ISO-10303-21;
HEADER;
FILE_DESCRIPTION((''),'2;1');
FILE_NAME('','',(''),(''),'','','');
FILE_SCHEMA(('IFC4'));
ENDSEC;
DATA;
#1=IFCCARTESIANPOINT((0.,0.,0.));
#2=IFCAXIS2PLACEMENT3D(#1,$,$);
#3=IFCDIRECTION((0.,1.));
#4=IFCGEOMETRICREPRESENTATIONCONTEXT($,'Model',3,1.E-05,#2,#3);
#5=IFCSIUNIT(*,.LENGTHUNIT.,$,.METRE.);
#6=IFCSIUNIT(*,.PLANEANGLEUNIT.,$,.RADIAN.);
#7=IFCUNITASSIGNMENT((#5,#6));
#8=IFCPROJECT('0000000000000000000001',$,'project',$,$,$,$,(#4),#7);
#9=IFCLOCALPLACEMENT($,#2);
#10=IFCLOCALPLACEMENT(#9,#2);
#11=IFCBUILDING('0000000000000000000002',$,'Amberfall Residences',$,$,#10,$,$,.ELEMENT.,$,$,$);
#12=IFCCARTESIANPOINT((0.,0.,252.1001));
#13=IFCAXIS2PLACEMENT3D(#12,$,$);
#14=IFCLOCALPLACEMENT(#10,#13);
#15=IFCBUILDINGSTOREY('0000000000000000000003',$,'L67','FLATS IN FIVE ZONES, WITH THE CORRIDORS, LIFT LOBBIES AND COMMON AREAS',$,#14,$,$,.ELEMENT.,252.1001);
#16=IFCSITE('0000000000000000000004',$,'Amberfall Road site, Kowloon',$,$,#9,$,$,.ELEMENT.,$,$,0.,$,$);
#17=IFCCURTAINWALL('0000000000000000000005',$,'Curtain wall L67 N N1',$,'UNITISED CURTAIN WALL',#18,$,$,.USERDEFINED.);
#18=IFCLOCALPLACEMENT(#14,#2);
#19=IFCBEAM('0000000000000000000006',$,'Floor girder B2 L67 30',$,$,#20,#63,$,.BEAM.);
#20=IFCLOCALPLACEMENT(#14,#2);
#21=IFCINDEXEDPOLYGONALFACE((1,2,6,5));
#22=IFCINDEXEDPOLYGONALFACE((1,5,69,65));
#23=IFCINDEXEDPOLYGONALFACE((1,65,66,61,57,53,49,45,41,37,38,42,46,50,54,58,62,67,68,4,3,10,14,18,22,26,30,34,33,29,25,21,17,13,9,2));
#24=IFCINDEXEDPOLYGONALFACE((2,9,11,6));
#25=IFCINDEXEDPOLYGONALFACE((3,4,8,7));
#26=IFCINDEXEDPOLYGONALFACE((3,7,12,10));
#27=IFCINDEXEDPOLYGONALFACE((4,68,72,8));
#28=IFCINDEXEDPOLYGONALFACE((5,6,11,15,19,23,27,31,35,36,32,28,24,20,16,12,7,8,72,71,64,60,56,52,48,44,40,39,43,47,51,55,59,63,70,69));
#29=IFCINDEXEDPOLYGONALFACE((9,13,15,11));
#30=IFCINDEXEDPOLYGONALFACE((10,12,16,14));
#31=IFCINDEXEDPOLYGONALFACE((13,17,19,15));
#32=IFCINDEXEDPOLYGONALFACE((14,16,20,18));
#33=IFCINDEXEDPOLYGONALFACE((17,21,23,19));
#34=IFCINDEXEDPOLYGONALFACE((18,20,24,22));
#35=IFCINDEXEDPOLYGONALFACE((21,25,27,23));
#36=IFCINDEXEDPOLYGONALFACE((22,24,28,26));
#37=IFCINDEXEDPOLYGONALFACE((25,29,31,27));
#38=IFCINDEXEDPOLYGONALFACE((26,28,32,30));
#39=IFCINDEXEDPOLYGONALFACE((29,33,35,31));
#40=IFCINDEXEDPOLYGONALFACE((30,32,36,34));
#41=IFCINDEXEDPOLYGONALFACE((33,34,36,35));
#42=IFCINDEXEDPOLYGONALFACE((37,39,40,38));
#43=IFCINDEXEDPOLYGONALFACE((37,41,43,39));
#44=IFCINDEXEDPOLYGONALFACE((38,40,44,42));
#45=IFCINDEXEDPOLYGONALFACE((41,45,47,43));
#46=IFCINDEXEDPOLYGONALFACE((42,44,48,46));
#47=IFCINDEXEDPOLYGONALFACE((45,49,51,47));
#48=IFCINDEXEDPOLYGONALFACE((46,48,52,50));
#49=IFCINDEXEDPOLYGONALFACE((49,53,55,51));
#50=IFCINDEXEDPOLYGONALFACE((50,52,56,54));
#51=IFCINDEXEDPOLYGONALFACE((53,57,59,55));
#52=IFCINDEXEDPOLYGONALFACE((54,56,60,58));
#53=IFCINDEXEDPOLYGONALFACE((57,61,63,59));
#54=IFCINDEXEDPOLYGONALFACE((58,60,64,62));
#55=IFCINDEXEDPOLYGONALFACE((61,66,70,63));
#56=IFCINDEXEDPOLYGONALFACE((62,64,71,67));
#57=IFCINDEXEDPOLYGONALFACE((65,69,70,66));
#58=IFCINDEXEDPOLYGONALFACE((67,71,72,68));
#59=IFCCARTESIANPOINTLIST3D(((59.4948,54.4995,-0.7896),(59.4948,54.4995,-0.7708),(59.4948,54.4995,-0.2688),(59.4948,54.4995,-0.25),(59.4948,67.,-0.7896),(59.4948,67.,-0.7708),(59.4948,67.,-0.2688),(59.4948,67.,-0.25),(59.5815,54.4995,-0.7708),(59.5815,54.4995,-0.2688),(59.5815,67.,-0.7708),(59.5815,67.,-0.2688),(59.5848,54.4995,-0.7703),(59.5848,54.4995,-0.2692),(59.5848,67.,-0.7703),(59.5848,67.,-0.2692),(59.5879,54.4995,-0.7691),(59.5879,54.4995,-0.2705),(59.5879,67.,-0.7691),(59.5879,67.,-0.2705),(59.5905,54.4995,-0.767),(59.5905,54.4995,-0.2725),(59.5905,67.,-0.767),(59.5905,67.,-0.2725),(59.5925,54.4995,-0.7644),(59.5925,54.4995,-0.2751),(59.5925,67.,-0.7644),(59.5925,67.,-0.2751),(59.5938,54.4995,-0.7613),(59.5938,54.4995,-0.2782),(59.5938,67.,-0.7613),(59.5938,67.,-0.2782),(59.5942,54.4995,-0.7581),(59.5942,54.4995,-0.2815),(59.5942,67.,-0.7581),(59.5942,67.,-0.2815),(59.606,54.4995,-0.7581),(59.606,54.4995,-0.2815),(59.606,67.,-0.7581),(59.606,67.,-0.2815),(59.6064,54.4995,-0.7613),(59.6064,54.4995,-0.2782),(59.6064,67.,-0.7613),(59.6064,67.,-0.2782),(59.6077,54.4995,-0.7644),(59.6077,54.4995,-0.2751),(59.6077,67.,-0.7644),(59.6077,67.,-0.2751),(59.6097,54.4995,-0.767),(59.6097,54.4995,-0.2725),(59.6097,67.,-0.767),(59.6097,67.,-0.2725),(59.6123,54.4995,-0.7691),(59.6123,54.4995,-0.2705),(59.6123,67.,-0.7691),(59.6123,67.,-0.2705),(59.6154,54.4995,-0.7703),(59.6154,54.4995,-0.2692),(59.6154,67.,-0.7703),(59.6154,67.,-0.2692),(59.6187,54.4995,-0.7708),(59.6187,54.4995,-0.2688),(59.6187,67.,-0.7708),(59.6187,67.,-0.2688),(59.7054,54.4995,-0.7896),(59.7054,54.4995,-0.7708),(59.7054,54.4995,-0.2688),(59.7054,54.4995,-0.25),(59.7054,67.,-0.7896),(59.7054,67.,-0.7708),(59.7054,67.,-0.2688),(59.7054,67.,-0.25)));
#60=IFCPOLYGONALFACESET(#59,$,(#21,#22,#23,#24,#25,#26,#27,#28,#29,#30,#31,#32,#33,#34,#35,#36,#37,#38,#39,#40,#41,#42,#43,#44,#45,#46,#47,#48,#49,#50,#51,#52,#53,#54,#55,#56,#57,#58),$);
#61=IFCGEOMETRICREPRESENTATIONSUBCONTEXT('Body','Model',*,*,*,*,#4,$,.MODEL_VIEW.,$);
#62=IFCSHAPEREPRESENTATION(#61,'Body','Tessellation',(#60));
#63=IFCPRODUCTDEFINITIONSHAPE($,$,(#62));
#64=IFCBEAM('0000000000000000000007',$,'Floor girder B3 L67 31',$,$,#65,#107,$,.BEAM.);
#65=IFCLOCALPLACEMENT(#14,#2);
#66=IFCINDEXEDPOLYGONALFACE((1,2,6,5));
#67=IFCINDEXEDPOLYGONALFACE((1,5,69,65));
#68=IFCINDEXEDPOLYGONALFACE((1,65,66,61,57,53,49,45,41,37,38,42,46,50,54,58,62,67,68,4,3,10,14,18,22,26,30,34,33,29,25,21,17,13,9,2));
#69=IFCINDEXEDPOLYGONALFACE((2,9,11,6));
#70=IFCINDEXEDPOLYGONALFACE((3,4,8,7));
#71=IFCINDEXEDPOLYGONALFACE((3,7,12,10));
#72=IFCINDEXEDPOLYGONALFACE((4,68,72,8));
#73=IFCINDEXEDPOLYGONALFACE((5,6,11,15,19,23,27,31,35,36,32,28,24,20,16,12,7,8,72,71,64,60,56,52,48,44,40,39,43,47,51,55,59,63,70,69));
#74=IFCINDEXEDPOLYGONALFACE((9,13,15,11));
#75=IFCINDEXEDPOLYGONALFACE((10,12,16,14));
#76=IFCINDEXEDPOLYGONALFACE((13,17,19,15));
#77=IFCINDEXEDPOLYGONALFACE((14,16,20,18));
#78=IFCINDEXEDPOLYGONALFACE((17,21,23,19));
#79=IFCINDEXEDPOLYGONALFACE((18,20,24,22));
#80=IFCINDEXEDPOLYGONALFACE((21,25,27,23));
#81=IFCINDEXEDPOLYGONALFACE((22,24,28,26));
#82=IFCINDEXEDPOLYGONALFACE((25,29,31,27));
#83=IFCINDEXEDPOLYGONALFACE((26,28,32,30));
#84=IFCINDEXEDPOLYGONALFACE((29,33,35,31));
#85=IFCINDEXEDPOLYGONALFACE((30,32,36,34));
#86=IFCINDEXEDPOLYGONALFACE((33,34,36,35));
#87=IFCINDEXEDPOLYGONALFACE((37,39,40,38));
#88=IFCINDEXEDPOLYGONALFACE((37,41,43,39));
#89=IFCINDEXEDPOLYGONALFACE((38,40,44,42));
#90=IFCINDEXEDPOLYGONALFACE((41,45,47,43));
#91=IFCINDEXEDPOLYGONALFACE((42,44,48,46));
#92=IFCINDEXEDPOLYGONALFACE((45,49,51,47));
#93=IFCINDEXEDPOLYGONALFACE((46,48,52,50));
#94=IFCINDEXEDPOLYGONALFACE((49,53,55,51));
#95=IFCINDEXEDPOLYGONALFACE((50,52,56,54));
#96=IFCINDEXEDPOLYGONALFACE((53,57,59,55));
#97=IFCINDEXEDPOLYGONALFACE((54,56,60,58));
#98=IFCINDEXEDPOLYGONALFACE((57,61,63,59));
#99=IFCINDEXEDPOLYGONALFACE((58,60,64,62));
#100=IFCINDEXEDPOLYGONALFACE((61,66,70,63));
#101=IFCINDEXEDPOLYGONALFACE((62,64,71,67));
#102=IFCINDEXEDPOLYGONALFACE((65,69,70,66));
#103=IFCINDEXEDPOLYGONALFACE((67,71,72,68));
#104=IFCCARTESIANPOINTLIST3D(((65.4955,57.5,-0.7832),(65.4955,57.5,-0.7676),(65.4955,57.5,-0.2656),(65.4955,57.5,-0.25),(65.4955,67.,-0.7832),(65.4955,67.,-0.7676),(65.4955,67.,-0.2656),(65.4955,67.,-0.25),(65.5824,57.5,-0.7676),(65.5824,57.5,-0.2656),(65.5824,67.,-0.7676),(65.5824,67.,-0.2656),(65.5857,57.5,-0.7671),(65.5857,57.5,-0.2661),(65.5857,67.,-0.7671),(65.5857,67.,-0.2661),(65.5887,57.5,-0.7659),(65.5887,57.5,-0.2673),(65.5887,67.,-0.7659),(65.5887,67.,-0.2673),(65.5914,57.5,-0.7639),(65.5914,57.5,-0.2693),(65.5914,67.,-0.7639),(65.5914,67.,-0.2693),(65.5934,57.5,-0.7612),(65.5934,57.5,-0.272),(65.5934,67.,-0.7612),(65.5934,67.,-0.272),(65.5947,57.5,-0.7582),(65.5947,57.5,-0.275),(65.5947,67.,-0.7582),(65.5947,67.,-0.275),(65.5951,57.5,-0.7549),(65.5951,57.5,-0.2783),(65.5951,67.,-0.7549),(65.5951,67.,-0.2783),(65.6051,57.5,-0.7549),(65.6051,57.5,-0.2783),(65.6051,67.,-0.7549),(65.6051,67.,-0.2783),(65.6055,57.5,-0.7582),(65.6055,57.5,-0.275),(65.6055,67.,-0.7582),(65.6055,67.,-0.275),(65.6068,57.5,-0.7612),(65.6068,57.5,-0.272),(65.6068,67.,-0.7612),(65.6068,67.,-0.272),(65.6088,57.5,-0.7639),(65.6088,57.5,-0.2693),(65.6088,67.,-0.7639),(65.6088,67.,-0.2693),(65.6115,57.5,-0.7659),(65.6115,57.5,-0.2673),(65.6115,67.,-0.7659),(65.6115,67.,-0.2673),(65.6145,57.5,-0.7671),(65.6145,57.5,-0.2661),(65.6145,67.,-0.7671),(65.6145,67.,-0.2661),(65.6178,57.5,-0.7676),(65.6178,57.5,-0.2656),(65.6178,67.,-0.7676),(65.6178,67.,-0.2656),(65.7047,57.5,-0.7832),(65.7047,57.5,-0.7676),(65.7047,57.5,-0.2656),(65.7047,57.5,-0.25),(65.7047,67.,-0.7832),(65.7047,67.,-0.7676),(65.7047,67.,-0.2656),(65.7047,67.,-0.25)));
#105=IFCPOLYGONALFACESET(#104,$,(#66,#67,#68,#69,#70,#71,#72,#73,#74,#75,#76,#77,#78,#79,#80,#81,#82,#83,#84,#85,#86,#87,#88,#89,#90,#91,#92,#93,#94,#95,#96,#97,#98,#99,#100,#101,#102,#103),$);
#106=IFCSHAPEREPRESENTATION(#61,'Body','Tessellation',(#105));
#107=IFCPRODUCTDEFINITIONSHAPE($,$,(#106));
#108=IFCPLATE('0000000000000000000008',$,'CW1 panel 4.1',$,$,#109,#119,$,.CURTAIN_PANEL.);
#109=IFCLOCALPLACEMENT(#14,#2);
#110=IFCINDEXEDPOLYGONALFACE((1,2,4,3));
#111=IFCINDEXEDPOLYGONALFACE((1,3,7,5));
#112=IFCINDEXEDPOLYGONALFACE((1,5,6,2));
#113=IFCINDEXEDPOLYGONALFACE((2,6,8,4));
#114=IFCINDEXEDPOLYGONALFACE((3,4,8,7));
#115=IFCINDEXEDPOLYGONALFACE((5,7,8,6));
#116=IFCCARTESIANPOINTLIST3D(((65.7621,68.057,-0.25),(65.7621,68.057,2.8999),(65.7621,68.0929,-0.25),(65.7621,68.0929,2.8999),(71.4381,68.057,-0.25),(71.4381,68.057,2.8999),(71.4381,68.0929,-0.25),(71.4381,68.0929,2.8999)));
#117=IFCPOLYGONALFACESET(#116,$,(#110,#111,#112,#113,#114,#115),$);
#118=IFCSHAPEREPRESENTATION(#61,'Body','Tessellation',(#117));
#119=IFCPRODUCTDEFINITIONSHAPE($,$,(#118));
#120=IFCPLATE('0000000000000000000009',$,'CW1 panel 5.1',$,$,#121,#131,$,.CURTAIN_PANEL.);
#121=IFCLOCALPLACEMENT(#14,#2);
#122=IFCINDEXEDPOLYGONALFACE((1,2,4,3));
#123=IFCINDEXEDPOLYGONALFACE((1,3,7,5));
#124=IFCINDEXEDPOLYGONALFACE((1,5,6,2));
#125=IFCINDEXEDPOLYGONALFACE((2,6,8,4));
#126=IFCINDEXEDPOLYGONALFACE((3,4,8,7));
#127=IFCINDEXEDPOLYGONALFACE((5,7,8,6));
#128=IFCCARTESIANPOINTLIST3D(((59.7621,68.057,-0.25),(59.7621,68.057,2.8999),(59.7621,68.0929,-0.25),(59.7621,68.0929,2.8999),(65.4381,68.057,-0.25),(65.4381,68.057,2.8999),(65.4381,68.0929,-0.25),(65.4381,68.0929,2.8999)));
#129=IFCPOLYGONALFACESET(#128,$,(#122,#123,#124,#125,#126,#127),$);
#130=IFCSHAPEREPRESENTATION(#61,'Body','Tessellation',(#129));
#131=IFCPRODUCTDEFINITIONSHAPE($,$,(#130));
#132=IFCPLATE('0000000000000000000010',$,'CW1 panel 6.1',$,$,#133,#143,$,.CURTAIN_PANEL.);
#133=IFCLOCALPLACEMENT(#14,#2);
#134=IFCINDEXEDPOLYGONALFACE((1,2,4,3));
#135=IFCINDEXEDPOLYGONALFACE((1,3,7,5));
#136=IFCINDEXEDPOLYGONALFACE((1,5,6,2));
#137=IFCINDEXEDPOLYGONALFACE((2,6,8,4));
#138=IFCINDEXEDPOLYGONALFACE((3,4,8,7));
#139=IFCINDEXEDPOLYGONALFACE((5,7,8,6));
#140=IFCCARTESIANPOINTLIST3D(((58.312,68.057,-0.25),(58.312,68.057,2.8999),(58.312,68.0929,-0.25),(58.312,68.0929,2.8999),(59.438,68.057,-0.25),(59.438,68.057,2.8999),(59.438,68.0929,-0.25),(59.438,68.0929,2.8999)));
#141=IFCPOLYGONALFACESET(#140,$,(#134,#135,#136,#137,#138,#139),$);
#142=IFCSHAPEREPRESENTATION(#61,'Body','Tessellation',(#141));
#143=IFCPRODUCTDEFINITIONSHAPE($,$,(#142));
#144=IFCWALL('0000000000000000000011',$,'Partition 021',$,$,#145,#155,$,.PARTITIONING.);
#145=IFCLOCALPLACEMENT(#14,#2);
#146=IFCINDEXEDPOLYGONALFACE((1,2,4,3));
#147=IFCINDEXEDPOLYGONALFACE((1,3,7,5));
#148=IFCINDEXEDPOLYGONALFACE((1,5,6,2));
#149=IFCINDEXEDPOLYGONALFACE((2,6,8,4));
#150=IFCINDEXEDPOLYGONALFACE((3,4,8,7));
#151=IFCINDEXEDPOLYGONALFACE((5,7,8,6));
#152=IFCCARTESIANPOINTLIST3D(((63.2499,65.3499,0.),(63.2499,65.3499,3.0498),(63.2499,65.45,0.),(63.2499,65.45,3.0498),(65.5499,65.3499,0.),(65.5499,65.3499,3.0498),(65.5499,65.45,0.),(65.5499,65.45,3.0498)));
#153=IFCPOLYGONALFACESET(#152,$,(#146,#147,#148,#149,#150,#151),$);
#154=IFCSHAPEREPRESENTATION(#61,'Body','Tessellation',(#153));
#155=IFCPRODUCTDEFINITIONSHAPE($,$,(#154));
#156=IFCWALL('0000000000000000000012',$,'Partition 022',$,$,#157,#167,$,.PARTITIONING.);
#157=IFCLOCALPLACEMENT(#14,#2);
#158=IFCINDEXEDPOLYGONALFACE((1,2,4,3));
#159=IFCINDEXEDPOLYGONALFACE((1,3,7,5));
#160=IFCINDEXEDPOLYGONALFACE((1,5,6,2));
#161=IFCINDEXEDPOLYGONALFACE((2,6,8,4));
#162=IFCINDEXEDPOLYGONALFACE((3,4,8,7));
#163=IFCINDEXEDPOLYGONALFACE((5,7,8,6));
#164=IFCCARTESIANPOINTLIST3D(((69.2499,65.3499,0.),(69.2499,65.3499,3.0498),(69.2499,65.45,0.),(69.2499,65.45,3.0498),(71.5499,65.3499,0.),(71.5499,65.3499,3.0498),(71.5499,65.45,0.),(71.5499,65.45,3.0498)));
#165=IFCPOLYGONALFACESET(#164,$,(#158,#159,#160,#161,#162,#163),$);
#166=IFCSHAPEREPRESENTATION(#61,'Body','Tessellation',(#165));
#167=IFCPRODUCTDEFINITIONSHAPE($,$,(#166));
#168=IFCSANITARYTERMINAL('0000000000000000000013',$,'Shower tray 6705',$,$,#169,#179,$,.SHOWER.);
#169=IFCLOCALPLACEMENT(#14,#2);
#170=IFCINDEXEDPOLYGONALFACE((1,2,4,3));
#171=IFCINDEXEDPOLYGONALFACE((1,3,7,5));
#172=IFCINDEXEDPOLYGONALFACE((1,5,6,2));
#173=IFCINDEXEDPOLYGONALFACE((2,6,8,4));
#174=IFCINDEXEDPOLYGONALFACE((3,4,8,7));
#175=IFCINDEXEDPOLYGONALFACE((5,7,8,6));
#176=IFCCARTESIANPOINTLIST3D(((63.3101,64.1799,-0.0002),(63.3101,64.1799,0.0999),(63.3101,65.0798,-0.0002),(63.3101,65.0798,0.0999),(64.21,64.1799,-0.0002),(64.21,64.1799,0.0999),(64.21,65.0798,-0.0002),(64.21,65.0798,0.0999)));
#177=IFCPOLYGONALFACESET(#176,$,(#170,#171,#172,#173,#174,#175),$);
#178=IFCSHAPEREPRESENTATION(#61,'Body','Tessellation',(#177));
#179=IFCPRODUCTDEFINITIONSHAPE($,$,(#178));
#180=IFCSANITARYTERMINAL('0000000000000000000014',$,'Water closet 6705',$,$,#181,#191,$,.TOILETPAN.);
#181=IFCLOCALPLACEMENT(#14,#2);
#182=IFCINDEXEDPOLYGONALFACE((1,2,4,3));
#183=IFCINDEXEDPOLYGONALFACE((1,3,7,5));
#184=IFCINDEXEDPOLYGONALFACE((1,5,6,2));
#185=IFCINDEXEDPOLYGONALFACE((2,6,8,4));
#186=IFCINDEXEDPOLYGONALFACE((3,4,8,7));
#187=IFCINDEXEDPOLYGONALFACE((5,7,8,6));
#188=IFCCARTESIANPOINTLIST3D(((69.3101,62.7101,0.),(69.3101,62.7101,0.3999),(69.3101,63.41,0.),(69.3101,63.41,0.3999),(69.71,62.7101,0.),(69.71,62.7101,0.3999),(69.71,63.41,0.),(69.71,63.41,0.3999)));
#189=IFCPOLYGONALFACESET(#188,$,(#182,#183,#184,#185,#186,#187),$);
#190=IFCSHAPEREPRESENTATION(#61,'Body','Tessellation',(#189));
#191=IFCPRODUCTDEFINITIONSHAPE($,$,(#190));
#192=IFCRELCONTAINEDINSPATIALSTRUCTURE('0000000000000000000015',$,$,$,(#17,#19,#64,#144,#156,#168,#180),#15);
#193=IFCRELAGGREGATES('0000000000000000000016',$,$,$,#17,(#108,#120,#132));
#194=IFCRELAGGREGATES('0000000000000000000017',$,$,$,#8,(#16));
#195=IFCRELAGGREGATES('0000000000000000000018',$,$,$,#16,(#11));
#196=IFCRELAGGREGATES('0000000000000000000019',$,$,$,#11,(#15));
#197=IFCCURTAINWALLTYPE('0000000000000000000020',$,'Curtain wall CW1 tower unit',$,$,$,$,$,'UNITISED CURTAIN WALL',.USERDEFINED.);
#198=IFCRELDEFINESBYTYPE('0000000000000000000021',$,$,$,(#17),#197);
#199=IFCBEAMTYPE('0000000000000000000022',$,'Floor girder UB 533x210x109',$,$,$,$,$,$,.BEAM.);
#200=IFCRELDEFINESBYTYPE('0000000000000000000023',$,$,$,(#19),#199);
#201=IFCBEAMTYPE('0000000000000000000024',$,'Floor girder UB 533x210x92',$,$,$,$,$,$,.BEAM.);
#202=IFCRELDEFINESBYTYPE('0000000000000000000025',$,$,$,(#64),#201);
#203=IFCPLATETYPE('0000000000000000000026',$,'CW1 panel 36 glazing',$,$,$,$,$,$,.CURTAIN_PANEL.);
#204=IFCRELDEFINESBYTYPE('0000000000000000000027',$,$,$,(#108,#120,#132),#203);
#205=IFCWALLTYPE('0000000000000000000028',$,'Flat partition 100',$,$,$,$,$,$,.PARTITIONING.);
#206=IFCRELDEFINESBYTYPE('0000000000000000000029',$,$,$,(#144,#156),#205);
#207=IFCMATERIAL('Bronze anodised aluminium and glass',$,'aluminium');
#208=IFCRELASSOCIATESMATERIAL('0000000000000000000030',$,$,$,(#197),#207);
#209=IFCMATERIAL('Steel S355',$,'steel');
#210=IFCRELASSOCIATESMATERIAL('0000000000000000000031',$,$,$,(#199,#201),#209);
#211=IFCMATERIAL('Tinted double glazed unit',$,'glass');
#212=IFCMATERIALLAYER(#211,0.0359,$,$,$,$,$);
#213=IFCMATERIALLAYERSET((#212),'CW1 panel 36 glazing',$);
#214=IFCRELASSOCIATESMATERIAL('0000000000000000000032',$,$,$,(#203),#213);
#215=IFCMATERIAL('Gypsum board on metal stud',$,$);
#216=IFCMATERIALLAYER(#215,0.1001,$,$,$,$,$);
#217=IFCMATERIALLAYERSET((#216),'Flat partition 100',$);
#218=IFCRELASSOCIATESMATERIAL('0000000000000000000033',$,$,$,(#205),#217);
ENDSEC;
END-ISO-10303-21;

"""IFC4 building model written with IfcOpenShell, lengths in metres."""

from ifc_helpers import new_model, si_unit, direction, frame, frame_2d, origin, origin_2d, place, context, subcontext, project, spatial, rectangle, i_section, extrude, material, layer, layer_set, material_profile, profile_set, type_object, element, aggregate, save


model = new_model("IFC4")

# Units and contexts
model_context = context("Model", 3, precision=1e-05, world=origin(), true_north=direction((0.0, 1.0)))
body_context = subcontext(model_context, "Body", "Model", "MODEL_VIEW")
ifc_project = project(units=[si_unit("LENGTHUNIT", "METRE"), si_unit("PLANEANGLEUNIT", "RADIAN")], contexts=[model_context])

# Site, building, storey
site_placement = place(None, origin())
site = spatial("IfcSite", under=ifc_project, at=site_placement, Name="Amberfall Road site, Kowloon", CompositionType="ELEMENT", RefElevation=0.0)
building_placement = place(site_placement, origin())
building = spatial("IfcBuilding", under=site, at=building_placement, Name="Amberfall Residences", CompositionType="ELEMENT")
storey_placement = place(building_placement, frame((0.0, 0.0, 252.1001)))
storey = spatial("IfcBuildingStorey", under=building, at=storey_placement, Name="L67", Description="FLATS IN FIVE ZONES, WITH THE CORRIDORS, LIFT LOBBIES AND COMMON AREAS", CompositionType="ELEMENT", Elevation=252.1001)

# Curtain wall
ifc_material_1 = material(Name="Bronze anodised aluminium and glass", Category="aluminium")
curtain_wall_type = type_object("IfcCurtainWallType", Name="Curtain wall CW1 tower unit", ElementType="UNITISED CURTAIN WALL", PredefinedType="USERDEFINED", material=ifc_material_1)
curtain_wall_placement = place(storey_placement, origin())
curtain_wall = element("IfcCurtainWall", 1, at=curtain_wall_placement, inside=storey, type_object=curtain_wall_type, Name="Curtain wall L67 N N1", ObjectType="UNITISED CURTAIN WALL", PredefinedType="USERDEFINED")

# Shared definitions
ifc_material_2 = material(Name="Steel S355", Category="steel")

# Beams
ifc_material_profile_1 = material_profile(ifc_material_2, i_section(OverallWidth=0.2107, OverallDepth=0.5396, WebThickness=0.0117, FlangeThickness=0.0188, FilletRadius=0.0127, at=origin_2d()), Name="UB 533x210x109")
ifc_profile_set_1 = profile_set([ifc_material_profile_1], Name="Steel S355")
beam_type_1 = type_object("IfcBeamType", Name="Floor girder UB 533x210x109", PredefinedType="BEAM", material=ifc_profile_set_1)
beam_1_placement = place(storey_placement, frame((59.6001, 67.0, -0.5198), z_axis=(0.0, -1.0, 0.0), x_axis=(1.0, 0.0, 0.0)))
element("IfcBeam", 2, at=beam_1_placement, inside=storey, type_object=beam_type_1, Name="Floor girder B2 L67 30", PredefinedType="BEAM", context=body_context, shape_type="SweptSolid", body=[
    extrude(i_section(OverallWidth=0.2107, OverallDepth=0.5396, WebThickness=0.0117, FlangeThickness=0.0188, FilletRadius=0.0127, at=origin_2d()), origin(), (0.0, 0.0, 1.0), 12.5005),
])
ifc_material_profile_2 = material_profile(ifc_material_2, i_section(OverallWidth=0.2092, OverallDepth=0.5332, WebThickness=0.01, FlangeThickness=0.0156, FilletRadius=0.0127, at=origin_2d()), Name="UB 533x210x92")
ifc_profile_set_2 = profile_set([ifc_material_profile_2], Name="Steel S355")
beam_type_2 = type_object("IfcBeamType", Name="Floor girder UB 533x210x92", PredefinedType="BEAM", material=ifc_profile_set_2)
beam_2_placement = place(storey_placement, frame((65.6001, 67.0, -0.5166), z_axis=(0.0, -1.0, 0.0), x_axis=(1.0, 0.0, 0.0)))
element("IfcBeam", 3, at=beam_2_placement, inside=storey, type_object=beam_type_2, Name="Floor girder B3 L67 31", PredefinedType="BEAM", context=body_context, shape_type="SweptSolid", body=[
    extrude(i_section(OverallWidth=0.2092, OverallDepth=0.5332, WebThickness=0.01, FlangeThickness=0.0156, FilletRadius=0.0127, at=origin_2d()), origin(), (0.0, 0.0, 1.0), 9.5),
])

# Plates
ifc_material_3 = material(Name="Tinted double glazed unit", Category="glass")
ifc_layer_1 = layer(ifc_material_3, 0.0359)
ifc_layer_set_1 = layer_set([ifc_layer_1], Name="CW1 panel 36 glazing")
plate_type = type_object("IfcPlateType", Name="CW1 panel 36 glazing", PredefinedType="CURTAIN_PANEL", material=ifc_layer_set_1)
plate_1_placement = place(storey_placement, frame((68.6001, 68.075, -0.25), z_axis=(0.0, 0.0, 1.0), x_axis=(-1.0, 0.0, 0.0)))
plate_1 = element("IfcPlate", 4, at=plate_1_placement, type_object=plate_type, Name="CW1 panel 4.1", PredefinedType="CURTAIN_PANEL", context=body_context, shape_type="SweptSolid", body=[
    extrude(rectangle(XDim=5.676, YDim=0.0359, at=origin_2d()), origin(), (0.0, 0.0, 1.0), 3.1499),
])
plate_2_placement = place(storey_placement, frame((62.6001, 68.075, -0.25), z_axis=(0.0, 0.0, 1.0), x_axis=(-1.0, 0.0, 0.0)))
plate_2 = element("IfcPlate", 5, at=plate_2_placement, type_object=plate_type, Name="CW1 panel 5.1", PredefinedType="CURTAIN_PANEL", context=body_context, shape_type="SweptSolid", body=[
    extrude(rectangle(XDim=5.676, YDim=0.0359, at=origin_2d()), origin(), (0.0, 0.0, 1.0), 3.1499),
])
plate_3_placement = place(storey_placement, frame((58.875, 68.075, -0.25), z_axis=(0.0, 0.0, 1.0), x_axis=(-1.0, 0.0, 0.0)))
plate_3 = element("IfcPlate", 6, at=plate_3_placement, type_object=plate_type, Name="CW1 panel 6.1", PredefinedType="CURTAIN_PANEL", context=body_context, shape_type="SweptSolid", body=[
    extrude(rectangle(XDim=1.126, YDim=0.0359, at=origin_2d()), origin(), (0.0, 0.0, 1.0), 3.1499),
])
aggregate(curtain_wall, [plate_1, plate_2, plate_3])

# Walls
ifc_material_4 = material(Name="Gypsum board on metal stud")
ifc_layer_2 = layer(ifc_material_4, 0.1001)
ifc_layer_set_2 = layer_set([ifc_layer_2], Name="Flat partition 100")
wall_type = type_object("IfcWallType", Name="Flat partition 100", PredefinedType="PARTITIONING", material=ifc_layer_set_2)
for number, where, z_axis, x_axis, name in (
    (7, (63.25, 65.3999, 0.0), (0.0, 0.0, 1.0), (1.0, 0.0, 0.0), "Partition 021"),
    (8, (69.25, 65.3999, 0.0), (0.0, 0.0, 1.0), (1.0, 0.0, 0.0), "Partition 022"),
):
    element("IfcWall", number, at=place(storey_placement, frame(where, z_axis=z_axis, x_axis=x_axis)), inside=storey, type_object=wall_type, Name=name, PredefinedType="PARTITIONING", context=body_context, shape_type="SweptSolid", body=[
        extrude(rectangle(XDim=2.3, YDim=0.1001, at=frame_2d((1.1499, 0.0))), origin(), (0.0, 0.0, 1.0), 3.0498),
    ])

# Sanitary terminals
sanitary_terminal_1_placement = place(storey_placement, frame((63.76, 64.6299, -0.0002), z_axis=(0.0, 0.0, 1.0), x_axis=(1.0, 0.0, 0.0)))
element("IfcSanitaryTerminal", 9, at=sanitary_terminal_1_placement, inside=storey, Name="Shower tray 6705", PredefinedType="SHOWER", context=body_context, shape_type="SweptSolid", body=[
    extrude(rectangle(XDim=0.8999, YDim=0.8999, at=origin_2d()), origin(), (0.0, 0.0, 1.0), 0.1001),
])
sanitary_terminal_2_placement = place(storey_placement, frame((69.51, 63.0601, 0.0), z_axis=(0.0, 0.0, 1.0), x_axis=(1.0, 0.0, 0.0)))
element("IfcSanitaryTerminal", 10, at=sanitary_terminal_2_placement, inside=storey, Name="Water closet 6705", PredefinedType="TOILETPAN", context=body_context, shape_type="SweptSolid", body=[
    extrude(rectangle(XDim=0.3999, YDim=0.7, at=origin_2d()), origin(), (0.0, 0.0, 1.0), 0.3999),
])

save(model, "model.ifc")
